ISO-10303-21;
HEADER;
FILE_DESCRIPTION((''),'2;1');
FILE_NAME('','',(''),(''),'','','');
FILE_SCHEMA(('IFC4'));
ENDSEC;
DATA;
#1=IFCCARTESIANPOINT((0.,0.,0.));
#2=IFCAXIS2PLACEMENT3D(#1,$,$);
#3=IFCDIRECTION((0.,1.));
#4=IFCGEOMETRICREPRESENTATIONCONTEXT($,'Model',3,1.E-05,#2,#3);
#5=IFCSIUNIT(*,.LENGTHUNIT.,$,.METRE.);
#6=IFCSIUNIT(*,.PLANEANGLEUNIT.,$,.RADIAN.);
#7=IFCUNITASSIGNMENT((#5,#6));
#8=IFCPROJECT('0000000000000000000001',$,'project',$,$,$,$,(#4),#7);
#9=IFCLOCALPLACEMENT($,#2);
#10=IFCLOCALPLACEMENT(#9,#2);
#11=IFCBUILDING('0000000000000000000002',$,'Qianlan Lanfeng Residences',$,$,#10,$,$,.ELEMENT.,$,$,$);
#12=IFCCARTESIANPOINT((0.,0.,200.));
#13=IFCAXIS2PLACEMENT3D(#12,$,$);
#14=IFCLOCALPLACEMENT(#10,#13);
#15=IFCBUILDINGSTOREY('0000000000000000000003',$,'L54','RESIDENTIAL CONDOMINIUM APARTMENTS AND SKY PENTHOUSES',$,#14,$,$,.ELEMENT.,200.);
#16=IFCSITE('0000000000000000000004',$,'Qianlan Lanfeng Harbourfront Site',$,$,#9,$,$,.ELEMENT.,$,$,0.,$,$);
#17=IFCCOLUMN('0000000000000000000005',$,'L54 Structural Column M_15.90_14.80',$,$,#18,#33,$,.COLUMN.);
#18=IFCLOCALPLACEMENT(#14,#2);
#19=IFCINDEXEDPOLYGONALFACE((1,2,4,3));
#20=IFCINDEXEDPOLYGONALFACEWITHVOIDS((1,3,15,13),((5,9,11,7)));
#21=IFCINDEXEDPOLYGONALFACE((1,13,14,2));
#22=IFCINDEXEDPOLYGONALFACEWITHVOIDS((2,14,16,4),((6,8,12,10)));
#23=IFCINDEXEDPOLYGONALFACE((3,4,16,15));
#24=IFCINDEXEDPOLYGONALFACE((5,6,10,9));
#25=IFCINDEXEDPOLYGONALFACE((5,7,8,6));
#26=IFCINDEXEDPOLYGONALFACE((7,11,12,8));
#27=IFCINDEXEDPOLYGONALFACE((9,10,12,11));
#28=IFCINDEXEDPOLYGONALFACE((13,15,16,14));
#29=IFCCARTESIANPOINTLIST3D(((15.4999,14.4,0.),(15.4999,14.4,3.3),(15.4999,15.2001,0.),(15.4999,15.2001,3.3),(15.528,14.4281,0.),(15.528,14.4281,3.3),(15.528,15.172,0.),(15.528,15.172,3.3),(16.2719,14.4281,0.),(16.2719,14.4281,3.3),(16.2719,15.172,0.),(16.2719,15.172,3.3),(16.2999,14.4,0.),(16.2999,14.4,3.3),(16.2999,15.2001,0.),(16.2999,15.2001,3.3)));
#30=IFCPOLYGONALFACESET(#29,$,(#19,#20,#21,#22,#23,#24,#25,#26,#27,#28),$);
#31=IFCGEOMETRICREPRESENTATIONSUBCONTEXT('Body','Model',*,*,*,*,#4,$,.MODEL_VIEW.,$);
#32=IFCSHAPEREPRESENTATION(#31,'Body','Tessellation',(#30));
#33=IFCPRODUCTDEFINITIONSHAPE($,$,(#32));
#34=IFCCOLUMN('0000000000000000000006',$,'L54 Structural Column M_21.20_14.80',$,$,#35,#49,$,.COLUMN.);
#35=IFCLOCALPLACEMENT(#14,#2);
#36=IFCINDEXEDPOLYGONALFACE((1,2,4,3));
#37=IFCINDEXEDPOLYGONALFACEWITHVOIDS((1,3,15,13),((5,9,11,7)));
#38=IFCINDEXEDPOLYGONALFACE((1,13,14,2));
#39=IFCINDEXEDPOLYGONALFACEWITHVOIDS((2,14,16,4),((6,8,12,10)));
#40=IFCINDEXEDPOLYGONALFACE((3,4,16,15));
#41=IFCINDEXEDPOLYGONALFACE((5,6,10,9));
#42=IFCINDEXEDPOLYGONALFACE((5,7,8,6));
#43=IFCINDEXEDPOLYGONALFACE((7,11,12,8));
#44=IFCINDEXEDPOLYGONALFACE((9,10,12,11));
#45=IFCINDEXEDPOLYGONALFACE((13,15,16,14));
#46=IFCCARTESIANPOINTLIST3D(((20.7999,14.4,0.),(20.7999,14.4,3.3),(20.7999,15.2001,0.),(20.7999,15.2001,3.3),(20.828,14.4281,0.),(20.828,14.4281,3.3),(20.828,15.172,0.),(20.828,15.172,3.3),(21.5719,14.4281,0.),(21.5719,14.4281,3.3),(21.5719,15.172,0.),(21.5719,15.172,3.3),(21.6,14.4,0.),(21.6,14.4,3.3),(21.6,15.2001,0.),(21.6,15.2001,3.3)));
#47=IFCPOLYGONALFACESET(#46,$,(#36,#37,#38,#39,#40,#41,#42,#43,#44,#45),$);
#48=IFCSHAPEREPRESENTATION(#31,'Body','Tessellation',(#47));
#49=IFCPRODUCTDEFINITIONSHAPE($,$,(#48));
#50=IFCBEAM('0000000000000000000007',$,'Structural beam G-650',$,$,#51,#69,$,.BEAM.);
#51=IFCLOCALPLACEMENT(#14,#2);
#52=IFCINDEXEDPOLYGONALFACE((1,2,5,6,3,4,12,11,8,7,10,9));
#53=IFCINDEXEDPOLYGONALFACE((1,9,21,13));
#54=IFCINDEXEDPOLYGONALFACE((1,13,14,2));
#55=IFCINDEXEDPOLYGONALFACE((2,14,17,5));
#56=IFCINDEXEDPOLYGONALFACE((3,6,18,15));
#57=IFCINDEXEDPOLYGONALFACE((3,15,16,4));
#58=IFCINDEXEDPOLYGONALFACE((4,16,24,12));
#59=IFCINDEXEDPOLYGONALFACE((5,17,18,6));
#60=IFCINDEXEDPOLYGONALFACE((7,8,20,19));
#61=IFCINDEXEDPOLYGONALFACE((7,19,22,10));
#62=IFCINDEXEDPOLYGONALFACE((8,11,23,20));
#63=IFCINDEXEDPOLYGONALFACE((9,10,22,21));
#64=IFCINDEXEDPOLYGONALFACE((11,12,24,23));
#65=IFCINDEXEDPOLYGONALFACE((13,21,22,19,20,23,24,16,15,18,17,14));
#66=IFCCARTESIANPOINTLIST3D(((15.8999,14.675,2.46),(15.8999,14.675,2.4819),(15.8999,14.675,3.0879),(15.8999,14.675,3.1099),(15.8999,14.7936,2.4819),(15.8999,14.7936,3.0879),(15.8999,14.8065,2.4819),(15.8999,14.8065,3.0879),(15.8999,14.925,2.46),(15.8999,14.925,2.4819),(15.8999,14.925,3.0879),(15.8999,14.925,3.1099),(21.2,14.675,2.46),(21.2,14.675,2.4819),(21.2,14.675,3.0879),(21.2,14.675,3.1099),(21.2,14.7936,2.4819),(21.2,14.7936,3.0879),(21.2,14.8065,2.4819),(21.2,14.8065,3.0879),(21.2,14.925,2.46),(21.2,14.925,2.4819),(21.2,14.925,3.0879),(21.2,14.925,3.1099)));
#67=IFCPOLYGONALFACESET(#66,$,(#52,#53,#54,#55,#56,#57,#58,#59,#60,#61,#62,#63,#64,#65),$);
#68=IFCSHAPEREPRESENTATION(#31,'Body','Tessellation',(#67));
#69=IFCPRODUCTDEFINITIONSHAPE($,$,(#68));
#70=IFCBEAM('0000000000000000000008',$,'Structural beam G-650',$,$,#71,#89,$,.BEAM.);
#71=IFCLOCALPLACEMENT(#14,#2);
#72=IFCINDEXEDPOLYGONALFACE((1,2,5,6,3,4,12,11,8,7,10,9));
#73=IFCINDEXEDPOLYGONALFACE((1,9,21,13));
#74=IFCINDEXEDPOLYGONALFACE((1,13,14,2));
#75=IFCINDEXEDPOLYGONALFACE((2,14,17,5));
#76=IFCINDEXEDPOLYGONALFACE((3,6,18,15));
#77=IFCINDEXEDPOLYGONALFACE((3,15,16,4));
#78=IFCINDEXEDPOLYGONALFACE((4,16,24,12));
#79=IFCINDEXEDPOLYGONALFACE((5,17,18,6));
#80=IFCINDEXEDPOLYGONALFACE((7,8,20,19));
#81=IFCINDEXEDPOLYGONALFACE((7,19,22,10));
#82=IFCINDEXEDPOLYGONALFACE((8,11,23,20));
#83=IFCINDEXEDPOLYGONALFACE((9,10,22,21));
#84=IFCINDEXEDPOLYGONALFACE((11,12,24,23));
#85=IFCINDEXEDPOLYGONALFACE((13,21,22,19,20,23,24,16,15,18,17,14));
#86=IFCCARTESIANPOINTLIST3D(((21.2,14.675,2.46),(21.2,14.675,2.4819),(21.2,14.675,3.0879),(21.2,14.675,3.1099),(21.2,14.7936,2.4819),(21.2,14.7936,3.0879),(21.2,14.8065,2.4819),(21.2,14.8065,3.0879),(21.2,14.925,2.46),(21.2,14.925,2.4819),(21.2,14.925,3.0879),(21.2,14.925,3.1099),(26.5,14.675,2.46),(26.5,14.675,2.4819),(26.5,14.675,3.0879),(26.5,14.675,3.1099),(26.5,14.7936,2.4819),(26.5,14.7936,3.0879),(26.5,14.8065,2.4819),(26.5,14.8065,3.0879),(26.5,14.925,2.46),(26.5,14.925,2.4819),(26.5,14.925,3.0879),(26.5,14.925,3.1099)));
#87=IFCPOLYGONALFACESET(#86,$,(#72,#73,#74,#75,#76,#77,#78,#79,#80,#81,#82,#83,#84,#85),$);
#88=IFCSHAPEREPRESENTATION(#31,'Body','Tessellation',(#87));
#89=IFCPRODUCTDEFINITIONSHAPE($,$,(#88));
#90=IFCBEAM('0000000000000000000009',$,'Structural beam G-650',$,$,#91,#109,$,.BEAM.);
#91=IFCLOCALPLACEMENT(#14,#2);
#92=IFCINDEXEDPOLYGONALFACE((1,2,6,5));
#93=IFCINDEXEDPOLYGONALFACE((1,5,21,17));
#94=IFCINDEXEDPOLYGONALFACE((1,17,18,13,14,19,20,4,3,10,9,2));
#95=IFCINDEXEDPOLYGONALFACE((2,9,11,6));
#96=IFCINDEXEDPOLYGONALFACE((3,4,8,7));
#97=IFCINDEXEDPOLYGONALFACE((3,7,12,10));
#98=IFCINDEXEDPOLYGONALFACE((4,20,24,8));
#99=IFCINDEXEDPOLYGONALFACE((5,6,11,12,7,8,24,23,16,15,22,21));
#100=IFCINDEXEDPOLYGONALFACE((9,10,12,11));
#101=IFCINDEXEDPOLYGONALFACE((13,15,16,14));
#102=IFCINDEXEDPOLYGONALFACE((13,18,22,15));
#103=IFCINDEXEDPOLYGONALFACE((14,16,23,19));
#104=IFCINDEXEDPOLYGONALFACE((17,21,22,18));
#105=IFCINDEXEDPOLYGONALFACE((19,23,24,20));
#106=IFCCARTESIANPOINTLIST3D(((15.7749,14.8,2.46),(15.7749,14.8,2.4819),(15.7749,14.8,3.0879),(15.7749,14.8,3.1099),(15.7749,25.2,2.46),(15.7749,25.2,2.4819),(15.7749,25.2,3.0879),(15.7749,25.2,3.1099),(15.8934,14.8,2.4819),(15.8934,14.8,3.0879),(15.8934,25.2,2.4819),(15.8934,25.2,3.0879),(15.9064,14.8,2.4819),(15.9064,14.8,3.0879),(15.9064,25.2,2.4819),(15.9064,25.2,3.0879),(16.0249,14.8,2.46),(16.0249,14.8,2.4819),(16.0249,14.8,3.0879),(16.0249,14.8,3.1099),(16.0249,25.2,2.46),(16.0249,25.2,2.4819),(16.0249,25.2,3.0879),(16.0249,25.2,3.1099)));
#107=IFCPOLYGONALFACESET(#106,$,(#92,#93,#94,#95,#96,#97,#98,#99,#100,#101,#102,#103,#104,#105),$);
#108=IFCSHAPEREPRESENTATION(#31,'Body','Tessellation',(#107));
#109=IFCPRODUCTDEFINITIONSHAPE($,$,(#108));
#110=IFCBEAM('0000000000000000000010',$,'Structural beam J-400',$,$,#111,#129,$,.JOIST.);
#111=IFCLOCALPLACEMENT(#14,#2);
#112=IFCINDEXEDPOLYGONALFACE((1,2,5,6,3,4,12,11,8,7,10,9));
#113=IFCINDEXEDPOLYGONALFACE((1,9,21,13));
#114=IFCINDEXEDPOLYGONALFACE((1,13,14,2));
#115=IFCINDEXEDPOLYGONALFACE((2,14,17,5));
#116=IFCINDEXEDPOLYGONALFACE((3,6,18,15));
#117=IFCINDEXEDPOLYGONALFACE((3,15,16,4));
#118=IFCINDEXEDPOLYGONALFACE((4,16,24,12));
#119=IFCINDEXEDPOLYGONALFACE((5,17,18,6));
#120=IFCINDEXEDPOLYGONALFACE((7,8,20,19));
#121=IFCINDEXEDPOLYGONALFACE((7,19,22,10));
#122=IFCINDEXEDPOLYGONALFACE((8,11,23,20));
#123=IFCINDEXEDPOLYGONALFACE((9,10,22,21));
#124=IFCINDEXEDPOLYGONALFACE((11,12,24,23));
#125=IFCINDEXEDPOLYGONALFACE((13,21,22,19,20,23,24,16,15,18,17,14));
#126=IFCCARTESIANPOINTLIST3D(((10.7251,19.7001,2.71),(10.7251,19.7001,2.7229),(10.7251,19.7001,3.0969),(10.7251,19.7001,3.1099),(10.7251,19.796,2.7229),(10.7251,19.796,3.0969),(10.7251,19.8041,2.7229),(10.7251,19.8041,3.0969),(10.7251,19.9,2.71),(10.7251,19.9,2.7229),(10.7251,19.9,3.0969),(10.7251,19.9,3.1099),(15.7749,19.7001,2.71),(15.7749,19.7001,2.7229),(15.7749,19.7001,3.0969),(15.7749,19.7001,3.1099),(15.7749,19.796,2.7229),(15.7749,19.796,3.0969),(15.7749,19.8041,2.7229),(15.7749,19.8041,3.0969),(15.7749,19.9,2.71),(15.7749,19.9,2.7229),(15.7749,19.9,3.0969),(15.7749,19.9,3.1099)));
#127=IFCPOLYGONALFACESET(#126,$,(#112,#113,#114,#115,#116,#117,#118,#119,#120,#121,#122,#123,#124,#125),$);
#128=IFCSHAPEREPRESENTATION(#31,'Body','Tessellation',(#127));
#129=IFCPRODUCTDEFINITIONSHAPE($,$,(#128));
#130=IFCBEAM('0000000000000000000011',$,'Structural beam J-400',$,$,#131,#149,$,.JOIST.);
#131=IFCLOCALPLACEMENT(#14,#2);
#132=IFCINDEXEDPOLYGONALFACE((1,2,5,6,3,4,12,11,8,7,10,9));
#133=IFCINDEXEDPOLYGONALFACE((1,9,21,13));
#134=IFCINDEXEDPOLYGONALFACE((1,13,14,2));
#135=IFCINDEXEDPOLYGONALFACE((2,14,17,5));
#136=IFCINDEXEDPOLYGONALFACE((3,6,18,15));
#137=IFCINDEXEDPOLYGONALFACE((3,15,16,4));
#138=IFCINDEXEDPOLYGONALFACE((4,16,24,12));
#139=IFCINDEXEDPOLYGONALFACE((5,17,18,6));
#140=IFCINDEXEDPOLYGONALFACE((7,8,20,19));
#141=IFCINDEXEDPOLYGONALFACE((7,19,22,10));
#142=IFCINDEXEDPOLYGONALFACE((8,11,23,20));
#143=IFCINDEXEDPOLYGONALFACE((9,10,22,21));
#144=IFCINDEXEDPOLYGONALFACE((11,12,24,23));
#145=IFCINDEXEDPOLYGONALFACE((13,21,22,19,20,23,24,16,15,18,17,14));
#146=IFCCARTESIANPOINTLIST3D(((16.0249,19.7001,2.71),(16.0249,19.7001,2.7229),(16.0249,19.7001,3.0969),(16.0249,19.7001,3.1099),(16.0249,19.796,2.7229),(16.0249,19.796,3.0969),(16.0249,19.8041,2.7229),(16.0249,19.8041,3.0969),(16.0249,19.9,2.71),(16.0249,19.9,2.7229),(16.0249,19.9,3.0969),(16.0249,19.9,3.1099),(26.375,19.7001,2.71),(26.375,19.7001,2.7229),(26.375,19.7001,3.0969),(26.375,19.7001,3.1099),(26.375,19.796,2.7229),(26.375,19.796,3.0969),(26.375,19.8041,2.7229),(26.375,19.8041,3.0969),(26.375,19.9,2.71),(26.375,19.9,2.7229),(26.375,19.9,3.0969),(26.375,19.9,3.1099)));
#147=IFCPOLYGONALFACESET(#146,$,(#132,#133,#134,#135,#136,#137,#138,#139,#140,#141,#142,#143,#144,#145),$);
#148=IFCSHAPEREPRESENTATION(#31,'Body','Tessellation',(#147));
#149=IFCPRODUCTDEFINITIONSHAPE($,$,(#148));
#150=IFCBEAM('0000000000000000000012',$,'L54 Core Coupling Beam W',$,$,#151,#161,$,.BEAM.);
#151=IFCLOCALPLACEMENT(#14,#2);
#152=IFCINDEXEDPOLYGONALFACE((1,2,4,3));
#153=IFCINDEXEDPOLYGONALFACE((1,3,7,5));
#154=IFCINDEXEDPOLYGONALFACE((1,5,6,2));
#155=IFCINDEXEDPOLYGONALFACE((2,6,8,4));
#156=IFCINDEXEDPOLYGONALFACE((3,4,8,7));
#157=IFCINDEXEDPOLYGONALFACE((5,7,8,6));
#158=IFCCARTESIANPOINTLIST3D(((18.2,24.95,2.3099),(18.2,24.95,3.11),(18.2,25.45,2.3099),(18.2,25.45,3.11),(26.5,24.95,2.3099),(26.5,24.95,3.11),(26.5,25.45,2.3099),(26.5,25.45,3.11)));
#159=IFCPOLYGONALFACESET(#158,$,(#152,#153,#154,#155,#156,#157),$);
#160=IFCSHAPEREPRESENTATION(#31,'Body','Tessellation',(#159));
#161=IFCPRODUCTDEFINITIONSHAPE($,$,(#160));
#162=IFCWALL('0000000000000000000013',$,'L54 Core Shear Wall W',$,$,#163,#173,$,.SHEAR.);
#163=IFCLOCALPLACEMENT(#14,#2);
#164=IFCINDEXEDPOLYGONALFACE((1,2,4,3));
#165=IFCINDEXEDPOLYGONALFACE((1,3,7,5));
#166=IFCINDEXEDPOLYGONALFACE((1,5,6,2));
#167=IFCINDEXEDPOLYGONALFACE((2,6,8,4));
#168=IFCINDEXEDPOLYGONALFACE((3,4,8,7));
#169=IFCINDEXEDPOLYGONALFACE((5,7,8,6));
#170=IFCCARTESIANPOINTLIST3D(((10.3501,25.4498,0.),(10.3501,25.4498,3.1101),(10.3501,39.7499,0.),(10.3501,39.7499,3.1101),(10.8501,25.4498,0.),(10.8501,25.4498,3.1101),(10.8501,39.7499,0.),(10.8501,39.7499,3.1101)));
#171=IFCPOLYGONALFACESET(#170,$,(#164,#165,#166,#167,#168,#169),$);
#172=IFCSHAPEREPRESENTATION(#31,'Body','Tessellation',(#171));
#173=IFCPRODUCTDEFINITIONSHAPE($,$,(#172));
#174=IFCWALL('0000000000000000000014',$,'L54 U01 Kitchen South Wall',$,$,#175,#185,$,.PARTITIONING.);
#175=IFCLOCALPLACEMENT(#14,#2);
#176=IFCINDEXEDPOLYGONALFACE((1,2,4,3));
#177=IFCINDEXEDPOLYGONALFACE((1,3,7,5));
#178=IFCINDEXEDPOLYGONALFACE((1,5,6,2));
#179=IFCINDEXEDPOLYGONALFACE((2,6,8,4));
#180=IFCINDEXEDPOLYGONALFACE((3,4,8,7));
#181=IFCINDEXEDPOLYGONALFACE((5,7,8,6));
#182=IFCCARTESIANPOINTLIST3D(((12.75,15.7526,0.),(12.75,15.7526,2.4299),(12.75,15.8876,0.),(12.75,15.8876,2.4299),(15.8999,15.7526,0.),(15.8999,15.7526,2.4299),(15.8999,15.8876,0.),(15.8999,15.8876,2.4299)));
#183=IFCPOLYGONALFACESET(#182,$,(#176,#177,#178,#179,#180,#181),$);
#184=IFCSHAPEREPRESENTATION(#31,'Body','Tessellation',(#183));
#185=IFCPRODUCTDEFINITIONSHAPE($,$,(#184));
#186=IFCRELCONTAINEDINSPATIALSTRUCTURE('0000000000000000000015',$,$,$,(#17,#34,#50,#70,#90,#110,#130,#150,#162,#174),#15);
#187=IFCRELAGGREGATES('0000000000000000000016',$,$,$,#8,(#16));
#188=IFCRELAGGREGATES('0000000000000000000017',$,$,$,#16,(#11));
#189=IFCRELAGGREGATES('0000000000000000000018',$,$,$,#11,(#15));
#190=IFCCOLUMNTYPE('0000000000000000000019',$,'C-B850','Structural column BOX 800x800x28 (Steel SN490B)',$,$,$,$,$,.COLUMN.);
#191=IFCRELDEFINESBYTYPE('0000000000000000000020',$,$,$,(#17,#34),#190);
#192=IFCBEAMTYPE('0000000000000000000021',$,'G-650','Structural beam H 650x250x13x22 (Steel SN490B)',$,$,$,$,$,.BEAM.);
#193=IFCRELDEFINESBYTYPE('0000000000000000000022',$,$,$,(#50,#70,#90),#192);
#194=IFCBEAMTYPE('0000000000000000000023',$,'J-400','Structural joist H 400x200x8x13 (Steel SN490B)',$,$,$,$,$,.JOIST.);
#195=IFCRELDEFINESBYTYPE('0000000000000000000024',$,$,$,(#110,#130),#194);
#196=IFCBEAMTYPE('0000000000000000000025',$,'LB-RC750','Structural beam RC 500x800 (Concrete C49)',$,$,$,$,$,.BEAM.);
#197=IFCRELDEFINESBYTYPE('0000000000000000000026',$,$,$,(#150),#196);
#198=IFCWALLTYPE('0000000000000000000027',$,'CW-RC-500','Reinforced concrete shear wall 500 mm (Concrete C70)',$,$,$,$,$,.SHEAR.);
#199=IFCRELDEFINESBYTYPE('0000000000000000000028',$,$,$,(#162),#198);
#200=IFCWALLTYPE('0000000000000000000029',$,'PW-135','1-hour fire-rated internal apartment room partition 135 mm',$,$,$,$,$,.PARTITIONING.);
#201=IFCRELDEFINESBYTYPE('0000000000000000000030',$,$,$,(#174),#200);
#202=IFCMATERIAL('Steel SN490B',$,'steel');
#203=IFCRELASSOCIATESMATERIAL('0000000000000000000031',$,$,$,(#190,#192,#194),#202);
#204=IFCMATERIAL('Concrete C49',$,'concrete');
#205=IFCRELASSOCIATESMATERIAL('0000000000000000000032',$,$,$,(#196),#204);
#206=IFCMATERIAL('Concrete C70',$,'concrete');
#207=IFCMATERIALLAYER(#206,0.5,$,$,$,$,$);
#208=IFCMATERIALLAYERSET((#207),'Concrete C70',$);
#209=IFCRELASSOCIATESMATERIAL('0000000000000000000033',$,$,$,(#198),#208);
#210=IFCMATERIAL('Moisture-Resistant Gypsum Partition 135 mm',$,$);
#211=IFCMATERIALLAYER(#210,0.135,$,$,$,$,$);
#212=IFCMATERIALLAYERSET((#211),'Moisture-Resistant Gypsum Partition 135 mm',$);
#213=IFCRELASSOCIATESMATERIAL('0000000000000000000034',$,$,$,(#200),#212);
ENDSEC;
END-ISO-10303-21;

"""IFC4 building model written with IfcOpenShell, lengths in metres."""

from ifc_helpers import new_model, si_unit, direction, frame, frame_2d, origin, origin_2d, place, context, subcontext, project, spatial, rectangle, hollow_rectangle, i_section, extrude, material, layer, layer_set, material_profile, profile_set, type_object, element, save


model = new_model("IFC4")

# Units and contexts
model_context = context("Model", 3, precision=1e-05, world=origin(), true_north=direction((0.0, 1.0)))
body_context = subcontext(model_context, "Body", "Model", "MODEL_VIEW")
ifc_project = project(units=[si_unit("LENGTHUNIT", "METRE"), si_unit("PLANEANGLEUNIT", "RADIAN")], contexts=[model_context])

# Site, building, storey
site_placement = place(None, origin())
site = spatial("IfcSite", under=ifc_project, at=site_placement, Name="Qianlan Lanfeng Harbourfront Site", CompositionType="ELEMENT", RefElevation=0.0)
building_placement = place(site_placement, origin())
building = spatial("IfcBuilding", under=site, at=building_placement, Name="Qianlan Lanfeng Residences", CompositionType="ELEMENT")
storey_placement = place(building_placement, frame((0.0, 0.0, 200.0)))
storey = spatial("IfcBuildingStorey", under=building, at=storey_placement, Name="L54", Description="RESIDENTIAL CONDOMINIUM APARTMENTS AND SKY PENTHOUSES", CompositionType="ELEMENT", Elevation=200.0)

# Columns
ifc_material_1 = material(Name="Steel SN490B", Category="steel")
ifc_material_profile_1 = material_profile(ifc_material_1, hollow_rectangle(XDim=0.8, YDim=0.8, WallThickness=0.0281, at=origin_2d()), Name="BOX 800x800x28")
ifc_profile_set_1 = profile_set([ifc_material_profile_1], Name="Steel SN490B")
column_type = type_object("IfcColumnType", Name="C-B850", Description="Structural column BOX 800x800x28 (Steel SN490B)", PredefinedType="COLUMN", material=ifc_profile_set_1)
for number, where, z_axis, x_axis, name in (
    (1, (15.8999, 14.8, 0.0), (0.0, 0.0, 1.0), (1.0, 0.0, 0.0), "L54 Structural Column M_15.90_14.80"),
    (2, (21.2, 14.8, 0.0), (0.0, 0.0, 1.0), (1.0, 0.0, 0.0), "L54 Structural Column M_21.20_14.80"),
):
    element("IfcColumn", number, at=place(storey_placement, frame(where, z_axis=z_axis, x_axis=x_axis)), inside=storey, type_object=column_type, Name=name, PredefinedType="COLUMN", context=body_context, shape_type="SweptSolid", body=[
        extrude(hollow_rectangle(XDim=0.8, YDim=0.8, WallThickness=0.0281, at=origin_2d()), origin(), (0.0, 0.0, 1.0), 3.3),
    ])

# Beams
ifc_material_profile_2 = material_profile(ifc_material_1, i_section(OverallWidth=0.25, OverallDepth=0.6499, WebThickness=0.0129, FlangeThickness=0.022, at=origin_2d()), Name="H 650x250x13x22")
ifc_profile_set_2 = profile_set([ifc_material_profile_2], Name="Steel SN490B")
beam_type_1 = type_object("IfcBeamType", Name="G-650", Description="Structural beam H 650x250x13x22 (Steel SN490B)", PredefinedType="BEAM", material=ifc_profile_set_2)
for number, where, z_axis, x_axis, name in (
    (3, (15.8999, 14.8, 2.7849), (1.0, 0.0, 0.0), (0.0, 1.0, 0.0), "Structural beam G-650"),
    (4, (21.2, 14.8, 2.7849), (1.0, 0.0, 0.0), (0.0, 1.0, 0.0), "Structural beam G-650"),
):
    element("IfcBeam", number, at=place(storey_placement, frame(where, z_axis=z_axis, x_axis=x_axis)), inside=storey, type_object=beam_type_1, Name=name, PredefinedType="BEAM", context=body_context, shape_type="SweptSolid", body=[
        extrude(i_section(OverallWidth=0.25, OverallDepth=0.6499, WebThickness=0.0129, FlangeThickness=0.022, at=origin_2d()), origin(), (0.0, 0.0, 1.0), 5.3),
    ])
beam_1_placement = place(storey_placement, frame((15.8999, 14.8, 2.7849), z_axis=(0.0, 1.0, 0.0), x_axis=(-1.0, 0.0, 0.0)))
element("IfcBeam", 5, at=beam_1_placement, inside=storey, type_object=beam_type_1, Name="Structural beam G-650", PredefinedType="BEAM", context=body_context, shape_type="SweptSolid", body=[
    extrude(i_section(OverallWidth=0.25, OverallDepth=0.6499, WebThickness=0.0129, FlangeThickness=0.022, at=origin_2d()), origin(), (0.0, 0.0, 1.0), 10.3999),
])
ifc_material_profile_3 = material_profile(ifc_material_1, i_section(OverallWidth=0.2, OverallDepth=0.3999, WebThickness=0.0081, FlangeThickness=0.0129, at=origin_2d()), Name="H 400x200x8x13")
ifc_profile_set_3 = profile_set([ifc_material_profile_3], Name="Steel SN490B")
beam_type_2 = type_object("IfcBeamType", Name="J-400", Description="Structural joist H 400x200x8x13 (Steel SN490B)", PredefinedType="JOIST", material=ifc_profile_set_3)
beam_2_placement = place(storey_placement, frame((10.7251, 19.8, 2.9099), z_axis=(1.0, 0.0, 0.0), x_axis=(0.0, 1.0, 0.0)))
element("IfcBeam", 6, at=beam_2_placement, inside=storey, type_object=beam_type_2, Name="Structural beam J-400", PredefinedType="JOIST", context=body_context, shape_type="SweptSolid", body=[
    extrude(i_section(OverallWidth=0.2, OverallDepth=0.3999, WebThickness=0.0081, FlangeThickness=0.0129, at=origin_2d()), origin(), (0.0, 0.0, 1.0), 5.0498),
])
beam_3_placement = place(storey_placement, frame((16.0249, 19.8, 2.9099), z_axis=(1.0, 0.0, 0.0), x_axis=(0.0, 1.0, 0.0)))
element("IfcBeam", 7, at=beam_3_placement, inside=storey, type_object=beam_type_2, Name="Structural beam J-400", PredefinedType="JOIST", context=body_context, shape_type="SweptSolid", body=[
    extrude(i_section(OverallWidth=0.2, OverallDepth=0.3999, WebThickness=0.0081, FlangeThickness=0.0129, at=origin_2d()), origin(), (0.0, 0.0, 1.0), 10.3501),
])
ifc_material_2 = material(Name="Concrete C49", Category="concrete")
ifc_material_profile_4 = material_profile(ifc_material_2, rectangle(XDim=0.5, YDim=0.8, at=origin_2d()), Name="RC 500x800")
ifc_profile_set_4 = profile_set([ifc_material_profile_4], Name="Concrete C49")
beam_type_3 = type_object("IfcBeamType", Name="LB-RC750", Description="Structural beam RC 500x800 (Concrete C49)", PredefinedType="BEAM", material=ifc_profile_set_4)
beam_4_placement = place(storey_placement, frame((18.2, 25.2, 2.71), z_axis=(1.0, 0.0, 0.0), x_axis=(0.0, 1.0, 0.0)))
element("IfcBeam", 8, at=beam_4_placement, inside=storey, type_object=beam_type_3, Name="L54 Core Coupling Beam W", PredefinedType="BEAM", context=body_context, shape_type="SweptSolid", body=[
    extrude(rectangle(XDim=0.5, YDim=0.8, at=origin_2d()), origin(), (0.0, 0.0, 1.0), 8.3),
])

# Wall
ifc_material_3 = material(Name="Concrete C70", Category="concrete")
ifc_layer_1 = layer(ifc_material_3, 0.5)
ifc_layer_set_1 = layer_set([ifc_layer_1], Name="Concrete C70")
wall_type_1 = type_object("IfcWallType", Name="CW-RC-500", Description="Reinforced concrete shear wall 500 mm (Concrete C70)", PredefinedType="SHEAR", material=ifc_layer_set_1)
wall_1_placement = place(storey_placement, frame((10.6001, 25.45, 0.0), z_axis=(0.0, 0.0, 1.0), x_axis=(0.0, 1.0, 0.0)))
element("IfcWall", 9, at=wall_1_placement, inside=storey, type_object=wall_type_1, Name="L54 Core Shear Wall W", PredefinedType="SHEAR", context=body_context, shape_type="SweptSolid", body=[
    extrude(rectangle(XDim=14.3, YDim=0.5, at=frame_2d((7.1499, 0.0))), origin(), (0.0, 0.0, 1.0), 3.1101),
])

# Shared definitions
ifc_material_4 = material(Name="Moisture-Resistant Gypsum Partition 135 mm")
ifc_layer_2 = layer(ifc_material_4, 0.135)
ifc_layer_set_2 = layer_set([ifc_layer_2], Name="Moisture-Resistant Gypsum Partition 135 mm")
wall_type_2 = type_object("IfcWallType", Name="PW-135", Description="1-hour fire-rated internal apartment room partition 135 mm", PredefinedType="PARTITIONING", material=ifc_layer_set_2)

# Wall
for number, where, z_axis, x_axis, name in (
    (10, (12.75, 15.8201, 0.0), (0.0, 0.0, 1.0), (1.0, 0.0, 0.0), "L54 U01 Kitchen South Wall"),
):
    element("IfcWall", number, at=place(storey_placement, frame(where, z_axis=z_axis, x_axis=x_axis)), inside=storey, type_object=wall_type_2, Name=name, PredefinedType="PARTITIONING", context=body_context, shape_type="SweptSolid", body=[
        extrude(rectangle(XDim=3.1499, YDim=0.135, at=frame_2d((1.575, 0.0))), origin(), (0.0, 0.0, 1.0), 2.4299),
    ])

save(model, "model.ifc")
